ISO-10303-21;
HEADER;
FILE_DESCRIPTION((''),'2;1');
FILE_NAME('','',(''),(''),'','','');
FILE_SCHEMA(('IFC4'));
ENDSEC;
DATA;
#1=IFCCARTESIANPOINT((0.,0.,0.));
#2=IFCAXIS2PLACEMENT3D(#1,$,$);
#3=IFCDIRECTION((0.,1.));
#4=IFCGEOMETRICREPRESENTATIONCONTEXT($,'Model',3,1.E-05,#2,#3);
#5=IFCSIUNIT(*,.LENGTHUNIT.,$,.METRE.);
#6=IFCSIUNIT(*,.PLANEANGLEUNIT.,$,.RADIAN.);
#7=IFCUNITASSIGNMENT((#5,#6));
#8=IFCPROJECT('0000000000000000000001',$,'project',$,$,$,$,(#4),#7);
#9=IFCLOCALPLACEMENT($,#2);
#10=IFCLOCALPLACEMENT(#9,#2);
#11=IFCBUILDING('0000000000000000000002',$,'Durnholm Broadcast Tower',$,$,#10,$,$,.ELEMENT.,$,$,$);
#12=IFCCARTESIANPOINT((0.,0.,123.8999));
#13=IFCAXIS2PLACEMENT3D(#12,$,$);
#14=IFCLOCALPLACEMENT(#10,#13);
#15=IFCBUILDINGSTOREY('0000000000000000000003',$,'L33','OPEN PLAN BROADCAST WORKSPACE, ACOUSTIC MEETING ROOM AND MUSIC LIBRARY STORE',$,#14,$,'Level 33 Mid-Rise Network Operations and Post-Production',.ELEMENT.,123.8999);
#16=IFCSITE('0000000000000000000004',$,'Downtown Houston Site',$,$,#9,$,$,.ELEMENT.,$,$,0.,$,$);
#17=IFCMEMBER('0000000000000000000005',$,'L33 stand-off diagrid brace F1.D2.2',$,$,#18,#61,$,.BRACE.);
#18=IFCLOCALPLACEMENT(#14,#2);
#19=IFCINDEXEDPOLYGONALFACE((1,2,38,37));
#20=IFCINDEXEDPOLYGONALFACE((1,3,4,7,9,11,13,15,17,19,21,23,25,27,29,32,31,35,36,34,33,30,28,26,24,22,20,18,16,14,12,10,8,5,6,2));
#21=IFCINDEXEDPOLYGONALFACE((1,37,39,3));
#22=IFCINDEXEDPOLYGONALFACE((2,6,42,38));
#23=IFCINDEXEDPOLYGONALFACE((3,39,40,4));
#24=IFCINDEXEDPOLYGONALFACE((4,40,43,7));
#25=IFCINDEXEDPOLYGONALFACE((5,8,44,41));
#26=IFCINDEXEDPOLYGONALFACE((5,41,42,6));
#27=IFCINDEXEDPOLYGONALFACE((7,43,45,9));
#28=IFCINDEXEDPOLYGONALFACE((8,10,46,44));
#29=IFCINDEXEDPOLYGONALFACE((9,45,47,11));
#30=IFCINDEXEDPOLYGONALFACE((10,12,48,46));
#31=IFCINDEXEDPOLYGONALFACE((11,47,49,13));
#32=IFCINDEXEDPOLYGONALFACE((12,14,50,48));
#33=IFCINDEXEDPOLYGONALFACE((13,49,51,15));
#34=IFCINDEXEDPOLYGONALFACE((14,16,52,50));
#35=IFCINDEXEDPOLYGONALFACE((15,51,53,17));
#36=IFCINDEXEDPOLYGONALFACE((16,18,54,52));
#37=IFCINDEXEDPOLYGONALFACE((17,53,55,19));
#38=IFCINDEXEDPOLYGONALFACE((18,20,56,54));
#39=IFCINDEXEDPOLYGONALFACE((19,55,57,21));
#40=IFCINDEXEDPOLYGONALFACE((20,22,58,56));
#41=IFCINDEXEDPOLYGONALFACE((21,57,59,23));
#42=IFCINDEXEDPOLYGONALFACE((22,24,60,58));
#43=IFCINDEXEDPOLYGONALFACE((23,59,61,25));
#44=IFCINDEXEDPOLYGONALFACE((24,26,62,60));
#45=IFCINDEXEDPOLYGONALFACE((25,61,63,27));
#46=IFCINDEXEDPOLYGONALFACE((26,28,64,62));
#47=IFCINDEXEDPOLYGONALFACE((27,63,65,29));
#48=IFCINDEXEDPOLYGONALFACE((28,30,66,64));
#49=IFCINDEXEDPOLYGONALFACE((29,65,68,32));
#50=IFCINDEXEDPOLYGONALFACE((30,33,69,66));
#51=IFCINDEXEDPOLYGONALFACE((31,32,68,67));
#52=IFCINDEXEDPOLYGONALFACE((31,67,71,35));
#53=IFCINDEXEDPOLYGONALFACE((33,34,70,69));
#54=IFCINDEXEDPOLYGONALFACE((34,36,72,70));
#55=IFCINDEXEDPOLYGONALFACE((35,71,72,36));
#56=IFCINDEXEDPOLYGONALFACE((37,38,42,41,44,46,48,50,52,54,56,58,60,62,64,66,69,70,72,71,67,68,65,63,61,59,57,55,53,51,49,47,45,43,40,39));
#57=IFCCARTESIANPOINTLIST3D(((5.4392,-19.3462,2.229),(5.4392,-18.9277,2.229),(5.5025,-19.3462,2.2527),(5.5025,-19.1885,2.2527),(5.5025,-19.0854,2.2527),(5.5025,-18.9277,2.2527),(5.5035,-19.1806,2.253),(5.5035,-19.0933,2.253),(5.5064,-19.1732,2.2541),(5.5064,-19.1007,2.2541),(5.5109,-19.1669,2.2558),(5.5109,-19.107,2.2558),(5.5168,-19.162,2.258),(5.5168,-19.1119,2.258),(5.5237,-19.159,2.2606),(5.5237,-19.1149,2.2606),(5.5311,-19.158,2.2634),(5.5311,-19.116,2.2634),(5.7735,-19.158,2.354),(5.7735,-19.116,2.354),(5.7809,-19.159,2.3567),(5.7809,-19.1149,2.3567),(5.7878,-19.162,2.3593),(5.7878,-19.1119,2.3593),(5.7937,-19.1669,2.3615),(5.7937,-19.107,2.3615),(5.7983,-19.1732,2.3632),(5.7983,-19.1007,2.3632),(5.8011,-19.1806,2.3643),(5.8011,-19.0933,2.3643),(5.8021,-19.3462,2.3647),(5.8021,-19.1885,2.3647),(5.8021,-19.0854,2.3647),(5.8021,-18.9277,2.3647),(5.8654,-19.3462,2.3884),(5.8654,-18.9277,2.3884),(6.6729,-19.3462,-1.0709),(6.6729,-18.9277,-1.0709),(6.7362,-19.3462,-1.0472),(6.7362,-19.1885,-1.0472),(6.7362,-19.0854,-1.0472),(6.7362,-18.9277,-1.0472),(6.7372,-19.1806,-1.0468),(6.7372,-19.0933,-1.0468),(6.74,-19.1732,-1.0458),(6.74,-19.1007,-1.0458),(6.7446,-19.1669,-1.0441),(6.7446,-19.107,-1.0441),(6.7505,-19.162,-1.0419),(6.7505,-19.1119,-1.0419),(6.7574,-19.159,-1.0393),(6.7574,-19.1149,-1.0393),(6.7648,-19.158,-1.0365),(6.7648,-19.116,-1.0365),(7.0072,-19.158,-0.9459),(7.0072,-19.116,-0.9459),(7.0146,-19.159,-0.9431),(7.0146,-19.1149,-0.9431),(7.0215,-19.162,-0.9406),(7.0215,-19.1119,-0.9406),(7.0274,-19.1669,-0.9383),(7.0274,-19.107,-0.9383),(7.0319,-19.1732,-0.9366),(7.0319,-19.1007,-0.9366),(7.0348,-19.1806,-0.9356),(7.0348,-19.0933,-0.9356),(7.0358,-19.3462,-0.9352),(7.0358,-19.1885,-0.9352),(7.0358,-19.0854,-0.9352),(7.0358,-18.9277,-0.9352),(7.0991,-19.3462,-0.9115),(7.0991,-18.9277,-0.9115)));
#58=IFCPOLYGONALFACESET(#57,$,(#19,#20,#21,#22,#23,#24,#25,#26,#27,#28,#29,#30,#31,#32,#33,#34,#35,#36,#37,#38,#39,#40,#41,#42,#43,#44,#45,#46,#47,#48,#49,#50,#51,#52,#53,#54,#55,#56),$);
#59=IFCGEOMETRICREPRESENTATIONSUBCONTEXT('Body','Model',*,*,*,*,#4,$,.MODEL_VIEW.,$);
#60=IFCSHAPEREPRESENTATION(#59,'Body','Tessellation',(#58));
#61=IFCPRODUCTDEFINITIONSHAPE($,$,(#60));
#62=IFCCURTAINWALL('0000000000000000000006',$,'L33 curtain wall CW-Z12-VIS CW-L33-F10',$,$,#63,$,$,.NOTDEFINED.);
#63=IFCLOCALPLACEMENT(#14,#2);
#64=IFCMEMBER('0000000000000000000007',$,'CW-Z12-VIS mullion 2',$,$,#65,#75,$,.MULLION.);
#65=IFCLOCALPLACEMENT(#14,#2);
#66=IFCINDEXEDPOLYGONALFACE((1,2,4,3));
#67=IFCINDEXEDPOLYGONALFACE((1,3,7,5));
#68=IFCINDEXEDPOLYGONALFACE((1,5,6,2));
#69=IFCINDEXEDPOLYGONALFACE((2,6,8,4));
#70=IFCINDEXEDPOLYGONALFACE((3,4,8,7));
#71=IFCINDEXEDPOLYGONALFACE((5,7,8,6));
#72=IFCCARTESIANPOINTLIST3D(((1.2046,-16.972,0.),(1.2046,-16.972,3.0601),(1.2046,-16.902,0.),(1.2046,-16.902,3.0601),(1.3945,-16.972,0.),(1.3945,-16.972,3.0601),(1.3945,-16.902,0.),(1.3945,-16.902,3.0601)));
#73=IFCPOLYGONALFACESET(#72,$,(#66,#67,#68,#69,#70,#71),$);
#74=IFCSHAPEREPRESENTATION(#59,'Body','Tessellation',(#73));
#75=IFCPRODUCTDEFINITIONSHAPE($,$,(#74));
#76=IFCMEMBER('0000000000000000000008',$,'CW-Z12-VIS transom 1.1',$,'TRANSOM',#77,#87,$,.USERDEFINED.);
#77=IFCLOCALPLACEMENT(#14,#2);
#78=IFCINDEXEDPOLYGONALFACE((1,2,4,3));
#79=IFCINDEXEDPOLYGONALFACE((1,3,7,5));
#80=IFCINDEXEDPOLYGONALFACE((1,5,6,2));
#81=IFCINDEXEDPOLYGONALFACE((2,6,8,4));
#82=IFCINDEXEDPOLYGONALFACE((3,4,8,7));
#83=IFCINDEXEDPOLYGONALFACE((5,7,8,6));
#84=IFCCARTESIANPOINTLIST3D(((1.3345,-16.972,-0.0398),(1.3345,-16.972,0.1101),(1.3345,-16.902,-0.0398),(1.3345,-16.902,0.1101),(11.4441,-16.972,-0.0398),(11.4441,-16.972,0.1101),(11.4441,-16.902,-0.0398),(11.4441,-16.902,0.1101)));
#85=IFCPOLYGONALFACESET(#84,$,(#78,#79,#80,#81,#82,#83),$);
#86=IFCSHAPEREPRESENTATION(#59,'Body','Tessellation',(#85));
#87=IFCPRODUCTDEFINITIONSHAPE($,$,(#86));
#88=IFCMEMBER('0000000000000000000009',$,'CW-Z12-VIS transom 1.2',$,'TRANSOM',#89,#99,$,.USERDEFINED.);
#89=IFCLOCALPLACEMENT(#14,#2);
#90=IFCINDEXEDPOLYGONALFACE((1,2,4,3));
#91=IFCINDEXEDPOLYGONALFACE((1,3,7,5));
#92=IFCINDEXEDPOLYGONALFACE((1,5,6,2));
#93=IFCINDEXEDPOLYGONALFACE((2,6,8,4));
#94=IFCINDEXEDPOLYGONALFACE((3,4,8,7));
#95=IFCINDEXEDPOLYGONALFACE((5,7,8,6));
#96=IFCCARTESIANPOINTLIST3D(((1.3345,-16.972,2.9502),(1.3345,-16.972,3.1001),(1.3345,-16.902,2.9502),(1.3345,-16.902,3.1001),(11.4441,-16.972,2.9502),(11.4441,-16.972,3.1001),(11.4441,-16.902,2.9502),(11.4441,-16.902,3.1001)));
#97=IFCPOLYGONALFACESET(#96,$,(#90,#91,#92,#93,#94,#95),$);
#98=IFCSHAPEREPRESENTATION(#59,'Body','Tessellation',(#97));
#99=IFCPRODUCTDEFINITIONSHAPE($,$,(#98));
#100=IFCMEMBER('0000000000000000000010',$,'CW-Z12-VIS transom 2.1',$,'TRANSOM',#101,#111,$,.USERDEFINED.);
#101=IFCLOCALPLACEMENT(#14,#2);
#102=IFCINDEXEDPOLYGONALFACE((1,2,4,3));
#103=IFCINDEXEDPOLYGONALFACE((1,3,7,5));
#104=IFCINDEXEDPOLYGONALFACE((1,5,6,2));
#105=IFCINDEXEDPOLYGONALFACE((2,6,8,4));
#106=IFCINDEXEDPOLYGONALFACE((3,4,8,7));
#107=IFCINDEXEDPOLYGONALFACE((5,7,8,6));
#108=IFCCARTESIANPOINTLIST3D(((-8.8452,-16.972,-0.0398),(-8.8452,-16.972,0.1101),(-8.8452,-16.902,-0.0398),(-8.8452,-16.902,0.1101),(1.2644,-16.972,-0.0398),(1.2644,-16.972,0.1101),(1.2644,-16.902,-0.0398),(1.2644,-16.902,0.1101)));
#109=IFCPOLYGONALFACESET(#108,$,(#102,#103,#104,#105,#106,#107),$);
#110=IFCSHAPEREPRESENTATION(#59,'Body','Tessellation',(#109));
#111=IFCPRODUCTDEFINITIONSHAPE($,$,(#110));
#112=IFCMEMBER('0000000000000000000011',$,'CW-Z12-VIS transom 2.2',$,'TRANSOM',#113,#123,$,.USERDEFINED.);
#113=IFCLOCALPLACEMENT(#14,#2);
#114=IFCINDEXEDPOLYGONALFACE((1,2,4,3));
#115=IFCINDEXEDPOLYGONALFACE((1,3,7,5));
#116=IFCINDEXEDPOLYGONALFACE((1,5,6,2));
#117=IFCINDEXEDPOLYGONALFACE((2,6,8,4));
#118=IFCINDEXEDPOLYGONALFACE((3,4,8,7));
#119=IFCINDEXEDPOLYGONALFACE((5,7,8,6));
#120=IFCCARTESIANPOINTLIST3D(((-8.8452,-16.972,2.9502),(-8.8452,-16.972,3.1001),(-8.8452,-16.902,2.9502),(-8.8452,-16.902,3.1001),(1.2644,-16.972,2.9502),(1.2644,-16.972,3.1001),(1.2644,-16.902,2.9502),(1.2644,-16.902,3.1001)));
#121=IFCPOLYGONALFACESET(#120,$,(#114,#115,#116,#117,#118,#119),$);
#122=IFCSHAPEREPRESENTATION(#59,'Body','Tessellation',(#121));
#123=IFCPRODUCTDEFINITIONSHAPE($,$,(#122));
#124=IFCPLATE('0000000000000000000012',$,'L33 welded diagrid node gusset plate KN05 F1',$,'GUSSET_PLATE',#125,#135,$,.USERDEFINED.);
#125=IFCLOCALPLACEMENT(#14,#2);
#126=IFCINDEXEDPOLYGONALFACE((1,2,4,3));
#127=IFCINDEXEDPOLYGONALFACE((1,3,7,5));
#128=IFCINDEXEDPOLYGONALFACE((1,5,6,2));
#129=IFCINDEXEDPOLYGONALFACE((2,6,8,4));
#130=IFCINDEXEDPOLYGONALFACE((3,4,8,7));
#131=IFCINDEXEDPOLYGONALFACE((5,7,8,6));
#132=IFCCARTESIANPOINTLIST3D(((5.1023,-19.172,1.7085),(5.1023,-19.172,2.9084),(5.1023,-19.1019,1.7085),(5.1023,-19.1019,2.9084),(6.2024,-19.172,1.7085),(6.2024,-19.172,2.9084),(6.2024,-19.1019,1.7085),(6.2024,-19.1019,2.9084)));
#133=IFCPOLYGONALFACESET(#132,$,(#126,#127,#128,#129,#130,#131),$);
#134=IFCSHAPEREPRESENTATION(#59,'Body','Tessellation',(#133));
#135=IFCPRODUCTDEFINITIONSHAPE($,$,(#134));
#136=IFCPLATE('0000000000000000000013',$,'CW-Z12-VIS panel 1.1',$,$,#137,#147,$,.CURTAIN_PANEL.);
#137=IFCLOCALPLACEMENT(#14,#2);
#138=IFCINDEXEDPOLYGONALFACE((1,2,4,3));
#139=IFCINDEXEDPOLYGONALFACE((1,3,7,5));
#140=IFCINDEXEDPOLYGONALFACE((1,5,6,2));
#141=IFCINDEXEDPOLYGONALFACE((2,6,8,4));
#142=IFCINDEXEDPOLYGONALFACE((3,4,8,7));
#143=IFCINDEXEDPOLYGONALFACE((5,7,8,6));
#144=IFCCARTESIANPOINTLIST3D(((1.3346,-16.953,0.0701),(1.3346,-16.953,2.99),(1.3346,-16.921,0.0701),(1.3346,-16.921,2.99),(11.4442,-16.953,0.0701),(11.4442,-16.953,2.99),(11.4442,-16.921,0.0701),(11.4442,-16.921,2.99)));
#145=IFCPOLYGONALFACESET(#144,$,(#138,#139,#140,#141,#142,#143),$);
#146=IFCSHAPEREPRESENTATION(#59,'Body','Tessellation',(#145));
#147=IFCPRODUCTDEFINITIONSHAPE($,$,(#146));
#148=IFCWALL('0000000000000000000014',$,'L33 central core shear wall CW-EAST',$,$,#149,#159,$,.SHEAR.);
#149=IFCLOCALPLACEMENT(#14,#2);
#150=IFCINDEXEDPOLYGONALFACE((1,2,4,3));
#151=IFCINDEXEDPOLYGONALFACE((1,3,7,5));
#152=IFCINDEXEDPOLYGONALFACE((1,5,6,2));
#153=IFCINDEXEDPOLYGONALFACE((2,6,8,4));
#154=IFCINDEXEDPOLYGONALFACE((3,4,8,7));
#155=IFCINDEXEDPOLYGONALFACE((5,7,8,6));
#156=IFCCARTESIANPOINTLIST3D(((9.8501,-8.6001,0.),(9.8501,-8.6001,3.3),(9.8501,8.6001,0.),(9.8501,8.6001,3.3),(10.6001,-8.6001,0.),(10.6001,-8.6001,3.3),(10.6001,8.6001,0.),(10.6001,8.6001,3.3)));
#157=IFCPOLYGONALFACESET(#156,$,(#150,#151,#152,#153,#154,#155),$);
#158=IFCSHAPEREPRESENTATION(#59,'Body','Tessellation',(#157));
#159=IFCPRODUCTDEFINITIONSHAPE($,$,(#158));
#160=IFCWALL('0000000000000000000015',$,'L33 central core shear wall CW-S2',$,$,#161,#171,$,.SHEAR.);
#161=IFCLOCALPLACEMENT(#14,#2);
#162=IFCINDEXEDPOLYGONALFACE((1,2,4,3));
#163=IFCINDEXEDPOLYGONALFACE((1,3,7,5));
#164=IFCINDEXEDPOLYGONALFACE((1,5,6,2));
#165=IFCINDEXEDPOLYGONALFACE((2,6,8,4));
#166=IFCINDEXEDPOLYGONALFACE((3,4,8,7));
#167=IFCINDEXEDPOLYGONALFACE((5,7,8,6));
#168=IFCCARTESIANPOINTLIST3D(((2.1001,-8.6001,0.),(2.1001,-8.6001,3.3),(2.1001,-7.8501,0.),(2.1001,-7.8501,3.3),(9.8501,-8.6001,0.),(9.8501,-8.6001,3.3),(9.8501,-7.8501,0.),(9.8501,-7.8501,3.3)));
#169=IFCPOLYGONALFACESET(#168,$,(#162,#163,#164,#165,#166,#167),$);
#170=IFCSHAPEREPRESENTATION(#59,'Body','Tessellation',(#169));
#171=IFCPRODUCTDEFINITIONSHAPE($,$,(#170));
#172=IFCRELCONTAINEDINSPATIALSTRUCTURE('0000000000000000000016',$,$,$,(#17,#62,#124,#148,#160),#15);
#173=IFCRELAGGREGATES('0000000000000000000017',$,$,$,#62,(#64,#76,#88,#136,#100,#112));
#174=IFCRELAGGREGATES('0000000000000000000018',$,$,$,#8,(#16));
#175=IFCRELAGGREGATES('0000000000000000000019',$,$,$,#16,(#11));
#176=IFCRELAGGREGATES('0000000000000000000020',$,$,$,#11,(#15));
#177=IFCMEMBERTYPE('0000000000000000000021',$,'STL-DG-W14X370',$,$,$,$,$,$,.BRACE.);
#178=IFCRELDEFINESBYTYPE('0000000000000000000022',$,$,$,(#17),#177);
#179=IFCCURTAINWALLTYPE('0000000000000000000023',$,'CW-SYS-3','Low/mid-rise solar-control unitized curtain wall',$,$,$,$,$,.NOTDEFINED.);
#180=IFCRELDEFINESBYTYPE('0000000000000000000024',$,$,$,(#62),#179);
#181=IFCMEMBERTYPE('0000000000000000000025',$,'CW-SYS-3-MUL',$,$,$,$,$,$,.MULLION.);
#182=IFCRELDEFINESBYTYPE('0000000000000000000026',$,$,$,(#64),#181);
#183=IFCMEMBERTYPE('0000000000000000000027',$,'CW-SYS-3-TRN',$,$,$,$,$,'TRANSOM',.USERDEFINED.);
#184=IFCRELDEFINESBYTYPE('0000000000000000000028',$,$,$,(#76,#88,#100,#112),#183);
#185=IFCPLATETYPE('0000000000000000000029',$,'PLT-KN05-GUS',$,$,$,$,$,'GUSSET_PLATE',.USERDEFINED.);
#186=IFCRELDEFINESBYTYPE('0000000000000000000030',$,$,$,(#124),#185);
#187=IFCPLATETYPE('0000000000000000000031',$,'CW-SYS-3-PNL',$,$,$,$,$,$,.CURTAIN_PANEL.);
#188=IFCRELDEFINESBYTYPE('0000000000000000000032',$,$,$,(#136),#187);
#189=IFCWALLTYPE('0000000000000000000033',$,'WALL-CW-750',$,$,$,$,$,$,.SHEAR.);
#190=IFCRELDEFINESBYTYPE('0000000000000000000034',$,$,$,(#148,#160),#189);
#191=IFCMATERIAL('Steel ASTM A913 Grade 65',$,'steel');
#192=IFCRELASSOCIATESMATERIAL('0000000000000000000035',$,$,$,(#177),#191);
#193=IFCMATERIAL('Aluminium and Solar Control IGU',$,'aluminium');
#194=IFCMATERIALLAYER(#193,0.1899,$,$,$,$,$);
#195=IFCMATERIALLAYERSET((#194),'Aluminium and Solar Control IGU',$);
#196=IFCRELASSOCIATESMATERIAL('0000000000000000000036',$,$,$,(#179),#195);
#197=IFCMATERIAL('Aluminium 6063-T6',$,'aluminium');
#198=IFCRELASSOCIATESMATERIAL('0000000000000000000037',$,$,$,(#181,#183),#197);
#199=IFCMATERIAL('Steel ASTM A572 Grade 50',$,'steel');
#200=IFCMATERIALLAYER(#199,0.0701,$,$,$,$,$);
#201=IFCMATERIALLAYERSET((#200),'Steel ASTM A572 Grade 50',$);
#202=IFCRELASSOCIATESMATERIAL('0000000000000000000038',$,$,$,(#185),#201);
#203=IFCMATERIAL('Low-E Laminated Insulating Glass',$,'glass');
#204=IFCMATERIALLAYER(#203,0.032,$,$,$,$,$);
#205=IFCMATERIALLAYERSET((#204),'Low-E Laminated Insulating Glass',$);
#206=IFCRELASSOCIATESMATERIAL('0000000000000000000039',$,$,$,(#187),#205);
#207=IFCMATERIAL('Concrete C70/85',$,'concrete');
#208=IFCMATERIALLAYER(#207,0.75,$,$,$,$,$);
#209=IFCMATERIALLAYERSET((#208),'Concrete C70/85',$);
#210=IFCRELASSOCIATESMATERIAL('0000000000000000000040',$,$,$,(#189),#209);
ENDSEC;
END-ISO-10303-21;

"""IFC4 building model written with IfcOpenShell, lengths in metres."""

from ifc_helpers import new_model, si_unit, direction, frame, frame_2d, origin, origin_2d, place, context, subcontext, project, spatial, rectangle, i_section, extrude, source, transform, mapped, material, layer, layer_set, material_profile, profile_set, type_object, type_shapes, element, aggregate, save


model = new_model("IFC4")

# Units and contexts
model_context = context("Model", 3, precision=1e-05, world=origin(), true_north=direction((0.0, 1.0)))
body_context = subcontext(model_context, "Body", "Model", "MODEL_VIEW")
ifc_project = project(units=[si_unit("LENGTHUNIT", "METRE"), si_unit("PLANEANGLEUNIT", "RADIAN")], contexts=[model_context])

# Site, building, storey
site_placement = place(None, origin())
site = spatial("IfcSite", under=ifc_project, at=site_placement, Name="Downtown Houston Site", CompositionType="ELEMENT", RefElevation=0.0)
building_placement = place(site_placement, origin())
building = spatial("IfcBuilding", under=site, at=building_placement, Name="Durnholm Broadcast Tower", CompositionType="ELEMENT")
storey_placement = place(building_placement, frame((0.0, 0.0, 123.8999)))
storey = spatial("IfcBuildingStorey", under=building, at=storey_placement, Name="L33", Description="OPEN PLAN BROADCAST WORKSPACE, ACOUSTIC MEETING ROOM AND MUSIC LIBRARY STORE", LongName="Level 33 Mid-Rise Network Operations and Post-Production", CompositionType="ELEMENT", Elevation=123.8999)

# Shared definitions
ifc_material_1 = material(Name="Concrete C70/85", Category="concrete")

# Member
ifc_material_2 = material(Name="Steel ASTM A913 Grade 65", Category="steel")
ifc_material_profile_1 = material_profile(ifc_material_2, i_section(OverallWidth=0.4185, OverallDepth=0.4551, WebThickness=0.042, FlangeThickness=0.0676, FilletRadius=0.0305, at=origin_2d()), Name="W14X370")
ifc_profile_set_1 = profile_set([ifc_material_profile_1], Name="Steel ASTM A913 Grade 65")
member_type_1 = type_object("IfcMemberType", Name="STL-DG-W14X370", PredefinedType="BRACE", material=ifc_profile_set_1)
shared_shape_1 = source(origin(), body_context, "Body", "SweptSolid", [
    extrude(i_section(OverallWidth=0.4185, OverallDepth=0.4551, WebThickness=0.042, FlangeThickness=0.0676, FilletRadius=0.0305, at=origin_2d()), origin(), (0.0, 0.0, 1.0), 3.5229),
])
type_shapes(member_type_1, [shared_shape_1])
for number, where, z_axis, x_axis, name in (
    (1, (6.886, -19.137, -0.9912), (-0.350182, 0.0, 0.936682), (0.0, -1.0, 0.0), "L33 stand-off diagrid brace F1.D2.2"),
):
    element("IfcMember", number, at=place(storey_placement, frame(where, z_axis=z_axis, x_axis=x_axis)), inside=storey, type_object=member_type_1, Name=name, PredefinedType="BRACE", context=body_context, shape_type="MappedRepresentation", body=[
        mapped(shared_shape_1, transform((0.0, 0.0, 0.0), x_axis=(1.0, 0.0, 0.0), y_axis=(0.0, 1.0, 0.0), z_axis=(0.0, 0.0, 1.0), scale=1.0)),
    ])

# Curtain wall, members
ifc_material_3 = material(Name="Aluminium and Solar Control IGU", Category="aluminium")
ifc_layer_1 = layer(ifc_material_3, 0.1899)
ifc_layer_set_1 = layer_set([ifc_layer_1], Name="Aluminium and Solar Control IGU")
curtain_wall_type = type_object("IfcCurtainWallType", Name="CW-SYS-3", Description="Low/mid-rise solar-control unitized curtain wall", PredefinedType="NOTDEFINED", material=ifc_layer_set_1)
curtain_wall_placement = place(storey_placement, origin())
curtain_wall = element("IfcCurtainWall", 2, at=curtain_wall_placement, inside=storey, type_object=curtain_wall_type, Name="L33 curtain wall CW-Z12-VIS CW-L33-F10", PredefinedType="NOTDEFINED")
ifc_material_4 = material(Name="Aluminium 6063-T6", Category="aluminium")
ifc_material_profile_2 = material_profile(ifc_material_4, rectangle(XDim=0.0701, YDim=0.1899, at=origin_2d()), Name="CWM70X190")
ifc_profile_set_2 = profile_set([ifc_material_profile_2], Name="Aluminium 6063-T6")
member_type_2 = type_object("IfcMemberType", Name="CW-SYS-3-MUL", PredefinedType="MULLION", material=ifc_profile_set_2)
shared_shape_2 = source(origin(), body_context, "Body", "SweptSolid", [
    extrude(rectangle(XDim=0.0701, YDim=0.1899, at=origin_2d()), origin(), (0.0, 0.0, 1.0), 3.0601),
])
type_shapes(member_type_2, [shared_shape_2])
member_1_placement = place(storey_placement, frame((1.2996, -16.937, 0.0), z_axis=(0.0, 0.0, 1.0), x_axis=(0.0, -1.0, 0.0)))
member_1 = element("IfcMember", 3, at=member_1_placement, type_object=member_type_2, Name="CW-Z12-VIS mullion 2", PredefinedType="MULLION", context=body_context, shape_type="MappedRepresentation", body=[
    mapped(shared_shape_2, transform((0.0, 0.0, 0.0), x_axis=(1.0, 0.0, 0.0), y_axis=(0.0, 1.0, 0.0), z_axis=(0.0, 0.0, 1.0), scale=1.0)),
])
ifc_material_profile_3 = material_profile(ifc_material_4, rectangle(XDim=0.0701, YDim=0.1499, at=origin_2d()), Name="CWT70X150")
ifc_profile_set_3 = profile_set([ifc_material_profile_3], Name="Aluminium 6063-T6")
member_type_3 = type_object("IfcMemberType", Name="CW-SYS-3-TRN", ElementType="TRANSOM", PredefinedType="USERDEFINED", material=ifc_profile_set_3)
shared_shape_3 = source(origin(), body_context, "Body", "SweptSolid", [
    extrude(rectangle(XDim=0.0701, YDim=0.1499, at=origin_2d()), origin(), (0.0, 0.0, 1.0), 10.1096),
])
type_shapes(member_type_3, [shared_shape_3])
member_2_placement = place(storey_placement, frame((11.4441, -16.937, 0.0352), z_axis=(-1.0, 0.0, 0.0), x_axis=(0.0, -1.0, 0.0)))
member_2 = element("IfcMember", 4, at=member_2_placement, type_object=member_type_3, Name="CW-Z12-VIS transom 1.1", ObjectType="TRANSOM", PredefinedType="USERDEFINED", context=body_context, shape_type="MappedRepresentation", body=[
    mapped(shared_shape_3, transform((0.0, 0.0, 0.0), x_axis=(1.0, 0.0, 0.0), y_axis=(0.0, 1.0, 0.0), z_axis=(0.0, 0.0, 1.0), scale=1.0)),
])
member_3_placement = place(storey_placement, frame((11.4441, -16.937, 3.0251), z_axis=(-1.0, 0.0, 0.0), x_axis=(0.0, -1.0, 0.0)))
member_3 = element("IfcMember", 5, at=member_3_placement, type_object=member_type_3, Name="CW-Z12-VIS transom 1.2", ObjectType="TRANSOM", PredefinedType="USERDEFINED", context=body_context, shape_type="MappedRepresentation", body=[
    mapped(shared_shape_3, transform((0.0, 0.0, 0.0), x_axis=(1.0, 0.0, 0.0), y_axis=(0.0, 1.0, 0.0), z_axis=(0.0, 0.0, 1.0), scale=1.0)),
])
member_4_placement = place(storey_placement, frame((1.2644, -16.937, 0.0352), z_axis=(-1.0, 0.0, 0.0), x_axis=(0.0, -1.0, 0.0)))
member_4 = element("IfcMember", 6, at=member_4_placement, type_object=member_type_3, Name="CW-Z12-VIS transom 2.1", ObjectType="TRANSOM", PredefinedType="USERDEFINED", context=body_context, shape_type="MappedRepresentation", body=[
    mapped(shared_shape_3, transform((0.0, 0.0, 0.0), x_axis=(1.0, 0.0, 0.0), y_axis=(0.0, 1.0, 0.0), z_axis=(0.0, 0.0, 1.0), scale=1.0)),
])
member_5_placement = place(storey_placement, frame((1.2644, -16.937, 3.0251), z_axis=(-1.0, 0.0, 0.0), x_axis=(0.0, -1.0, 0.0)))
member_5 = element("IfcMember", 7, at=member_5_placement, type_object=member_type_3, Name="CW-Z12-VIS transom 2.2", ObjectType="TRANSOM", PredefinedType="USERDEFINED", context=body_context, shape_type="MappedRepresentation", body=[
    mapped(shared_shape_3, transform((0.0, 0.0, 0.0), x_axis=(1.0, 0.0, 0.0), y_axis=(0.0, 1.0, 0.0), z_axis=(0.0, 0.0, 1.0), scale=1.0)),
])

# Plates
ifc_material_5 = material(Name="Steel ASTM A572 Grade 50", Category="steel")
ifc_layer_2 = layer(ifc_material_5, 0.0701)
ifc_layer_set_2 = layer_set([ifc_layer_2], Name="Steel ASTM A572 Grade 50")
plate_type_1 = type_object("IfcPlateType", Name="PLT-KN05-GUS", ElementType="GUSSET_PLATE", PredefinedType="USERDEFINED", material=ifc_layer_set_2)
shared_shape_4 = source(origin(), body_context, "Body", "SweptSolid", [
    extrude(rectangle(XDim=1.1001, YDim=0.0701, at=origin_2d()), origin(), (0.0, 0.0, 1.0), 1.2),
])
type_shapes(plate_type_1, [shared_shape_4])
plate_1_placement = place(storey_placement, frame((5.6523, -19.137, 1.7085), z_axis=(0.0, 0.0, 1.0), x_axis=(1.0, 0.0, 0.0)))
element("IfcPlate", 8, at=plate_1_placement, inside=storey, type_object=plate_type_1, Name="L33 welded diagrid node gusset plate KN05 F1", ObjectType="GUSSET_PLATE", PredefinedType="USERDEFINED", context=body_context, shape_type="MappedRepresentation", body=[
    mapped(shared_shape_4, transform((0.0, 0.0, 0.0), x_axis=(1.0, 0.0, 0.0), y_axis=(0.0, 1.0, 0.0), z_axis=(0.0, 0.0, 1.0), scale=1.0)),
])
ifc_material_6 = material(Name="Low-E Laminated Insulating Glass", Category="glass")
ifc_layer_3 = layer(ifc_material_6, 0.032)
ifc_layer_set_3 = layer_set([ifc_layer_3], Name="Low-E Laminated Insulating Glass")
plate_type_2 = type_object("IfcPlateType", Name="CW-SYS-3-PNL", PredefinedType="CURTAIN_PANEL", material=ifc_layer_set_3)
shared_shape_5 = source(origin(), body_context, "Body", "SweptSolid", [
    extrude(rectangle(XDim=10.1096, YDim=0.032, at=origin_2d()), origin(), (0.0, 0.0, 1.0), 2.9199),
])
type_shapes(plate_type_2, [shared_shape_5])
plate_2_placement = place(storey_placement, frame((6.3894, -16.937, 0.0701), z_axis=(0.0, 0.0, 1.0), x_axis=(-1.0, 0.0, 0.0)))
plate_2 = element("IfcPlate", 9, at=plate_2_placement, type_object=plate_type_2, Name="CW-Z12-VIS panel 1.1", PredefinedType="CURTAIN_PANEL", context=body_context, shape_type="MappedRepresentation", body=[
    mapped(shared_shape_5, transform((0.0, 0.0, 0.0), x_axis=(1.0, 0.0, 0.0), y_axis=(0.0, 1.0, 0.0), z_axis=(0.0, 0.0, 1.0), scale=1.0)),
])
aggregate(curtain_wall, [member_1, member_2, member_3, plate_2, member_4, member_5])

# Walls
ifc_layer_4 = layer(ifc_material_1, 0.75)
ifc_layer_set_4 = layer_set([ifc_layer_4], Name="Concrete C70/85")
wall_type_1 = type_object("IfcWallType", Name="WALL-CW-750", PredefinedType="SHEAR", material=ifc_layer_set_4)
wall_1_placement = place(storey_placement, frame((10.2251, -8.6001, 0.0), z_axis=(0.0, 0.0, 1.0), x_axis=(0.0, 1.0, 0.0)))
element("IfcWall", 10, at=wall_1_placement, inside=storey, type_object=wall_type_1, Name="L33 central core shear wall CW-EAST", PredefinedType="SHEAR", context=body_context, shape_type="SweptSolid", body=[
    extrude(rectangle(XDim=17.2002, YDim=0.75, at=frame_2d((8.6001, 0.0))), origin(), (0.0, 0.0, 1.0), 3.3),
])
wall_2_placement = place(storey_placement, frame((2.1001, -8.2251, 0.0), z_axis=(0.0, 0.0, 1.0), x_axis=(1.0, 0.0, 0.0)))
element("IfcWall", 11, at=wall_2_placement, inside=storey, type_object=wall_type_1, Name="L33 central core shear wall CW-S2", PredefinedType="SHEAR", context=body_context, shape_type="SweptSolid", body=[
    extrude(rectangle(XDim=7.75, YDim=0.75, at=frame_2d((3.875, 0.0))), origin(), (0.0, 0.0, 1.0), 3.3),
])

save(model, "model.ifc")
